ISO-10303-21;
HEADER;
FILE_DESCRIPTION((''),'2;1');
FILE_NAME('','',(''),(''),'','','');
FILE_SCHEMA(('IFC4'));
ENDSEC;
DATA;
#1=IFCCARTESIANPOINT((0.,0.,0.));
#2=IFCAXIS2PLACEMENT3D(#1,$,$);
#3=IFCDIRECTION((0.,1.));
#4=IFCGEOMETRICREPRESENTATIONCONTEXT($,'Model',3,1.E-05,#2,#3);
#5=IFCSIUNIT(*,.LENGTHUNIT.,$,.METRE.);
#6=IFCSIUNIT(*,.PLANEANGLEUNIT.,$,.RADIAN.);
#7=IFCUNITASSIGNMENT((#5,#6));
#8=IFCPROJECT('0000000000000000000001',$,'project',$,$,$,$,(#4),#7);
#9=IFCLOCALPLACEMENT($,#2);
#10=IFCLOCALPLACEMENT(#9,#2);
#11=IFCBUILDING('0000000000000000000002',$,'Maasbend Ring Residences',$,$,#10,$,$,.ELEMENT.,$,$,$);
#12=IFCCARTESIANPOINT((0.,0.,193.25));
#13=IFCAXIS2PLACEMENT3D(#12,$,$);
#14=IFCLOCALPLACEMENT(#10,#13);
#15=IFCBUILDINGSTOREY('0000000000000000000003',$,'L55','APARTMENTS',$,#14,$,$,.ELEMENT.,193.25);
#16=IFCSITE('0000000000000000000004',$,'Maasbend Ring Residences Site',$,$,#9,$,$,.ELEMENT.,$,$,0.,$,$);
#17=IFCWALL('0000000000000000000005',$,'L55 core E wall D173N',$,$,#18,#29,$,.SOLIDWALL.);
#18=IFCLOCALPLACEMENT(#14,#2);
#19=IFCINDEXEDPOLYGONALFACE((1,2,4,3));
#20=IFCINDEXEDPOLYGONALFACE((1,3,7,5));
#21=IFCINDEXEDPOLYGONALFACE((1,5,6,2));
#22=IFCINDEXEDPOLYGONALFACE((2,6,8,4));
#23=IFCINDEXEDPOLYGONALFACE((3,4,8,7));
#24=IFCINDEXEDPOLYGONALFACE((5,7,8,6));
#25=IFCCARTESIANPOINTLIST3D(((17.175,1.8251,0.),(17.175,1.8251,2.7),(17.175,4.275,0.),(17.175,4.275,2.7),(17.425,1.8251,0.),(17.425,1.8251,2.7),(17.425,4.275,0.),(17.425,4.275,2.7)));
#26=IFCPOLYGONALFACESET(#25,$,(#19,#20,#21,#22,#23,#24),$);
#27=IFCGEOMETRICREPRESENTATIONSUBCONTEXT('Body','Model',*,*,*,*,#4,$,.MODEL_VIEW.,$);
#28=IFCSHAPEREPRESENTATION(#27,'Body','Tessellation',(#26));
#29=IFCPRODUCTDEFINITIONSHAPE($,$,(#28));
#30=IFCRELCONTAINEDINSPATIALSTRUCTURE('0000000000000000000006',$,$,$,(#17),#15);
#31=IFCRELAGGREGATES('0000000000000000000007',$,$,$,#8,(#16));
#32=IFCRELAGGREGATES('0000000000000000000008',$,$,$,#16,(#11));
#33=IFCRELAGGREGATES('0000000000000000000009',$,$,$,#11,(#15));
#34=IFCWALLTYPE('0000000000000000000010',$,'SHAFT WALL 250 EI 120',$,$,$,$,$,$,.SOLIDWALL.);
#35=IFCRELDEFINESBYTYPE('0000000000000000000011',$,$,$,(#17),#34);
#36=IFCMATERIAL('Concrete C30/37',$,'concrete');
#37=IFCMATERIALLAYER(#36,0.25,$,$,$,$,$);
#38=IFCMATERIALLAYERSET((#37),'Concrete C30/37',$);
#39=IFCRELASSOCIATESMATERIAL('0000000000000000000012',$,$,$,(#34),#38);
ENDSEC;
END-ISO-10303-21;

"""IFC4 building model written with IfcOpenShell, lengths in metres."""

from ifc_helpers import new_model, si_unit, direction, frame, frame_2d, origin, place, context, subcontext, project, spatial, rectangle, extrude, material, layer, layer_set, type_object, element, save


model = new_model("IFC4")

# Units and contexts
model_context = context("Model", 3, precision=1e-05, world=origin(), true_north=direction((0.0, 1.0)))
body_context = subcontext(model_context, "Body", "Model", "MODEL_VIEW")
ifc_project = project(units=[si_unit("LENGTHUNIT", "METRE"), si_unit("PLANEANGLEUNIT", "RADIAN")], contexts=[model_context])

# Site, building, storey
site_placement = place(None, origin())
site = spatial("IfcSite", under=ifc_project, at=site_placement, Name="Maasbend Ring Residences Site", CompositionType="ELEMENT", RefElevation=0.0)
building_placement = place(site_placement, origin())
building = spatial("IfcBuilding", under=site, at=building_placement, Name="Maasbend Ring Residences", CompositionType="ELEMENT")
storey_placement = place(building_placement, frame((0.0, 0.0, 193.25)))
storey = spatial("IfcBuildingStorey", under=building, at=storey_placement, Name="L55", Description="APARTMENTS", CompositionType="ELEMENT", Elevation=193.25)

# Wall
ifc_material_1 = material(Name="Concrete C30/37", Category="concrete")
ifc_layer_1 = layer(ifc_material_1, 0.25)
ifc_layer_set_1 = layer_set([ifc_layer_1], Name="Concrete C30/37")
wall_type_1 = type_object("IfcWallType", Name="SHAFT WALL 250 EI 120", PredefinedType="SOLIDWALL", material=ifc_layer_set_1)
wall_1_placement = place(storey_placement, frame((17.3, 1.825, 0.0), z_axis=(0.0, 0.0, 1.0), x_axis=(0.0, 1.0, 0.0)))
element("IfcWall", 1, at=wall_1_placement, inside=storey, type_object=wall_type_1, Name="L55 core E wall D173N", PredefinedType="SOLIDWALL", context=body_context, shape_type="SweptSolid", body=[
    extrude(rectangle(XDim=2.45, YDim=0.25, at=frame_2d((1.2251, 0.0))), origin(), (0.0, 0.0, 1.0), 2.7),
])

save(model, "model.ifc")
